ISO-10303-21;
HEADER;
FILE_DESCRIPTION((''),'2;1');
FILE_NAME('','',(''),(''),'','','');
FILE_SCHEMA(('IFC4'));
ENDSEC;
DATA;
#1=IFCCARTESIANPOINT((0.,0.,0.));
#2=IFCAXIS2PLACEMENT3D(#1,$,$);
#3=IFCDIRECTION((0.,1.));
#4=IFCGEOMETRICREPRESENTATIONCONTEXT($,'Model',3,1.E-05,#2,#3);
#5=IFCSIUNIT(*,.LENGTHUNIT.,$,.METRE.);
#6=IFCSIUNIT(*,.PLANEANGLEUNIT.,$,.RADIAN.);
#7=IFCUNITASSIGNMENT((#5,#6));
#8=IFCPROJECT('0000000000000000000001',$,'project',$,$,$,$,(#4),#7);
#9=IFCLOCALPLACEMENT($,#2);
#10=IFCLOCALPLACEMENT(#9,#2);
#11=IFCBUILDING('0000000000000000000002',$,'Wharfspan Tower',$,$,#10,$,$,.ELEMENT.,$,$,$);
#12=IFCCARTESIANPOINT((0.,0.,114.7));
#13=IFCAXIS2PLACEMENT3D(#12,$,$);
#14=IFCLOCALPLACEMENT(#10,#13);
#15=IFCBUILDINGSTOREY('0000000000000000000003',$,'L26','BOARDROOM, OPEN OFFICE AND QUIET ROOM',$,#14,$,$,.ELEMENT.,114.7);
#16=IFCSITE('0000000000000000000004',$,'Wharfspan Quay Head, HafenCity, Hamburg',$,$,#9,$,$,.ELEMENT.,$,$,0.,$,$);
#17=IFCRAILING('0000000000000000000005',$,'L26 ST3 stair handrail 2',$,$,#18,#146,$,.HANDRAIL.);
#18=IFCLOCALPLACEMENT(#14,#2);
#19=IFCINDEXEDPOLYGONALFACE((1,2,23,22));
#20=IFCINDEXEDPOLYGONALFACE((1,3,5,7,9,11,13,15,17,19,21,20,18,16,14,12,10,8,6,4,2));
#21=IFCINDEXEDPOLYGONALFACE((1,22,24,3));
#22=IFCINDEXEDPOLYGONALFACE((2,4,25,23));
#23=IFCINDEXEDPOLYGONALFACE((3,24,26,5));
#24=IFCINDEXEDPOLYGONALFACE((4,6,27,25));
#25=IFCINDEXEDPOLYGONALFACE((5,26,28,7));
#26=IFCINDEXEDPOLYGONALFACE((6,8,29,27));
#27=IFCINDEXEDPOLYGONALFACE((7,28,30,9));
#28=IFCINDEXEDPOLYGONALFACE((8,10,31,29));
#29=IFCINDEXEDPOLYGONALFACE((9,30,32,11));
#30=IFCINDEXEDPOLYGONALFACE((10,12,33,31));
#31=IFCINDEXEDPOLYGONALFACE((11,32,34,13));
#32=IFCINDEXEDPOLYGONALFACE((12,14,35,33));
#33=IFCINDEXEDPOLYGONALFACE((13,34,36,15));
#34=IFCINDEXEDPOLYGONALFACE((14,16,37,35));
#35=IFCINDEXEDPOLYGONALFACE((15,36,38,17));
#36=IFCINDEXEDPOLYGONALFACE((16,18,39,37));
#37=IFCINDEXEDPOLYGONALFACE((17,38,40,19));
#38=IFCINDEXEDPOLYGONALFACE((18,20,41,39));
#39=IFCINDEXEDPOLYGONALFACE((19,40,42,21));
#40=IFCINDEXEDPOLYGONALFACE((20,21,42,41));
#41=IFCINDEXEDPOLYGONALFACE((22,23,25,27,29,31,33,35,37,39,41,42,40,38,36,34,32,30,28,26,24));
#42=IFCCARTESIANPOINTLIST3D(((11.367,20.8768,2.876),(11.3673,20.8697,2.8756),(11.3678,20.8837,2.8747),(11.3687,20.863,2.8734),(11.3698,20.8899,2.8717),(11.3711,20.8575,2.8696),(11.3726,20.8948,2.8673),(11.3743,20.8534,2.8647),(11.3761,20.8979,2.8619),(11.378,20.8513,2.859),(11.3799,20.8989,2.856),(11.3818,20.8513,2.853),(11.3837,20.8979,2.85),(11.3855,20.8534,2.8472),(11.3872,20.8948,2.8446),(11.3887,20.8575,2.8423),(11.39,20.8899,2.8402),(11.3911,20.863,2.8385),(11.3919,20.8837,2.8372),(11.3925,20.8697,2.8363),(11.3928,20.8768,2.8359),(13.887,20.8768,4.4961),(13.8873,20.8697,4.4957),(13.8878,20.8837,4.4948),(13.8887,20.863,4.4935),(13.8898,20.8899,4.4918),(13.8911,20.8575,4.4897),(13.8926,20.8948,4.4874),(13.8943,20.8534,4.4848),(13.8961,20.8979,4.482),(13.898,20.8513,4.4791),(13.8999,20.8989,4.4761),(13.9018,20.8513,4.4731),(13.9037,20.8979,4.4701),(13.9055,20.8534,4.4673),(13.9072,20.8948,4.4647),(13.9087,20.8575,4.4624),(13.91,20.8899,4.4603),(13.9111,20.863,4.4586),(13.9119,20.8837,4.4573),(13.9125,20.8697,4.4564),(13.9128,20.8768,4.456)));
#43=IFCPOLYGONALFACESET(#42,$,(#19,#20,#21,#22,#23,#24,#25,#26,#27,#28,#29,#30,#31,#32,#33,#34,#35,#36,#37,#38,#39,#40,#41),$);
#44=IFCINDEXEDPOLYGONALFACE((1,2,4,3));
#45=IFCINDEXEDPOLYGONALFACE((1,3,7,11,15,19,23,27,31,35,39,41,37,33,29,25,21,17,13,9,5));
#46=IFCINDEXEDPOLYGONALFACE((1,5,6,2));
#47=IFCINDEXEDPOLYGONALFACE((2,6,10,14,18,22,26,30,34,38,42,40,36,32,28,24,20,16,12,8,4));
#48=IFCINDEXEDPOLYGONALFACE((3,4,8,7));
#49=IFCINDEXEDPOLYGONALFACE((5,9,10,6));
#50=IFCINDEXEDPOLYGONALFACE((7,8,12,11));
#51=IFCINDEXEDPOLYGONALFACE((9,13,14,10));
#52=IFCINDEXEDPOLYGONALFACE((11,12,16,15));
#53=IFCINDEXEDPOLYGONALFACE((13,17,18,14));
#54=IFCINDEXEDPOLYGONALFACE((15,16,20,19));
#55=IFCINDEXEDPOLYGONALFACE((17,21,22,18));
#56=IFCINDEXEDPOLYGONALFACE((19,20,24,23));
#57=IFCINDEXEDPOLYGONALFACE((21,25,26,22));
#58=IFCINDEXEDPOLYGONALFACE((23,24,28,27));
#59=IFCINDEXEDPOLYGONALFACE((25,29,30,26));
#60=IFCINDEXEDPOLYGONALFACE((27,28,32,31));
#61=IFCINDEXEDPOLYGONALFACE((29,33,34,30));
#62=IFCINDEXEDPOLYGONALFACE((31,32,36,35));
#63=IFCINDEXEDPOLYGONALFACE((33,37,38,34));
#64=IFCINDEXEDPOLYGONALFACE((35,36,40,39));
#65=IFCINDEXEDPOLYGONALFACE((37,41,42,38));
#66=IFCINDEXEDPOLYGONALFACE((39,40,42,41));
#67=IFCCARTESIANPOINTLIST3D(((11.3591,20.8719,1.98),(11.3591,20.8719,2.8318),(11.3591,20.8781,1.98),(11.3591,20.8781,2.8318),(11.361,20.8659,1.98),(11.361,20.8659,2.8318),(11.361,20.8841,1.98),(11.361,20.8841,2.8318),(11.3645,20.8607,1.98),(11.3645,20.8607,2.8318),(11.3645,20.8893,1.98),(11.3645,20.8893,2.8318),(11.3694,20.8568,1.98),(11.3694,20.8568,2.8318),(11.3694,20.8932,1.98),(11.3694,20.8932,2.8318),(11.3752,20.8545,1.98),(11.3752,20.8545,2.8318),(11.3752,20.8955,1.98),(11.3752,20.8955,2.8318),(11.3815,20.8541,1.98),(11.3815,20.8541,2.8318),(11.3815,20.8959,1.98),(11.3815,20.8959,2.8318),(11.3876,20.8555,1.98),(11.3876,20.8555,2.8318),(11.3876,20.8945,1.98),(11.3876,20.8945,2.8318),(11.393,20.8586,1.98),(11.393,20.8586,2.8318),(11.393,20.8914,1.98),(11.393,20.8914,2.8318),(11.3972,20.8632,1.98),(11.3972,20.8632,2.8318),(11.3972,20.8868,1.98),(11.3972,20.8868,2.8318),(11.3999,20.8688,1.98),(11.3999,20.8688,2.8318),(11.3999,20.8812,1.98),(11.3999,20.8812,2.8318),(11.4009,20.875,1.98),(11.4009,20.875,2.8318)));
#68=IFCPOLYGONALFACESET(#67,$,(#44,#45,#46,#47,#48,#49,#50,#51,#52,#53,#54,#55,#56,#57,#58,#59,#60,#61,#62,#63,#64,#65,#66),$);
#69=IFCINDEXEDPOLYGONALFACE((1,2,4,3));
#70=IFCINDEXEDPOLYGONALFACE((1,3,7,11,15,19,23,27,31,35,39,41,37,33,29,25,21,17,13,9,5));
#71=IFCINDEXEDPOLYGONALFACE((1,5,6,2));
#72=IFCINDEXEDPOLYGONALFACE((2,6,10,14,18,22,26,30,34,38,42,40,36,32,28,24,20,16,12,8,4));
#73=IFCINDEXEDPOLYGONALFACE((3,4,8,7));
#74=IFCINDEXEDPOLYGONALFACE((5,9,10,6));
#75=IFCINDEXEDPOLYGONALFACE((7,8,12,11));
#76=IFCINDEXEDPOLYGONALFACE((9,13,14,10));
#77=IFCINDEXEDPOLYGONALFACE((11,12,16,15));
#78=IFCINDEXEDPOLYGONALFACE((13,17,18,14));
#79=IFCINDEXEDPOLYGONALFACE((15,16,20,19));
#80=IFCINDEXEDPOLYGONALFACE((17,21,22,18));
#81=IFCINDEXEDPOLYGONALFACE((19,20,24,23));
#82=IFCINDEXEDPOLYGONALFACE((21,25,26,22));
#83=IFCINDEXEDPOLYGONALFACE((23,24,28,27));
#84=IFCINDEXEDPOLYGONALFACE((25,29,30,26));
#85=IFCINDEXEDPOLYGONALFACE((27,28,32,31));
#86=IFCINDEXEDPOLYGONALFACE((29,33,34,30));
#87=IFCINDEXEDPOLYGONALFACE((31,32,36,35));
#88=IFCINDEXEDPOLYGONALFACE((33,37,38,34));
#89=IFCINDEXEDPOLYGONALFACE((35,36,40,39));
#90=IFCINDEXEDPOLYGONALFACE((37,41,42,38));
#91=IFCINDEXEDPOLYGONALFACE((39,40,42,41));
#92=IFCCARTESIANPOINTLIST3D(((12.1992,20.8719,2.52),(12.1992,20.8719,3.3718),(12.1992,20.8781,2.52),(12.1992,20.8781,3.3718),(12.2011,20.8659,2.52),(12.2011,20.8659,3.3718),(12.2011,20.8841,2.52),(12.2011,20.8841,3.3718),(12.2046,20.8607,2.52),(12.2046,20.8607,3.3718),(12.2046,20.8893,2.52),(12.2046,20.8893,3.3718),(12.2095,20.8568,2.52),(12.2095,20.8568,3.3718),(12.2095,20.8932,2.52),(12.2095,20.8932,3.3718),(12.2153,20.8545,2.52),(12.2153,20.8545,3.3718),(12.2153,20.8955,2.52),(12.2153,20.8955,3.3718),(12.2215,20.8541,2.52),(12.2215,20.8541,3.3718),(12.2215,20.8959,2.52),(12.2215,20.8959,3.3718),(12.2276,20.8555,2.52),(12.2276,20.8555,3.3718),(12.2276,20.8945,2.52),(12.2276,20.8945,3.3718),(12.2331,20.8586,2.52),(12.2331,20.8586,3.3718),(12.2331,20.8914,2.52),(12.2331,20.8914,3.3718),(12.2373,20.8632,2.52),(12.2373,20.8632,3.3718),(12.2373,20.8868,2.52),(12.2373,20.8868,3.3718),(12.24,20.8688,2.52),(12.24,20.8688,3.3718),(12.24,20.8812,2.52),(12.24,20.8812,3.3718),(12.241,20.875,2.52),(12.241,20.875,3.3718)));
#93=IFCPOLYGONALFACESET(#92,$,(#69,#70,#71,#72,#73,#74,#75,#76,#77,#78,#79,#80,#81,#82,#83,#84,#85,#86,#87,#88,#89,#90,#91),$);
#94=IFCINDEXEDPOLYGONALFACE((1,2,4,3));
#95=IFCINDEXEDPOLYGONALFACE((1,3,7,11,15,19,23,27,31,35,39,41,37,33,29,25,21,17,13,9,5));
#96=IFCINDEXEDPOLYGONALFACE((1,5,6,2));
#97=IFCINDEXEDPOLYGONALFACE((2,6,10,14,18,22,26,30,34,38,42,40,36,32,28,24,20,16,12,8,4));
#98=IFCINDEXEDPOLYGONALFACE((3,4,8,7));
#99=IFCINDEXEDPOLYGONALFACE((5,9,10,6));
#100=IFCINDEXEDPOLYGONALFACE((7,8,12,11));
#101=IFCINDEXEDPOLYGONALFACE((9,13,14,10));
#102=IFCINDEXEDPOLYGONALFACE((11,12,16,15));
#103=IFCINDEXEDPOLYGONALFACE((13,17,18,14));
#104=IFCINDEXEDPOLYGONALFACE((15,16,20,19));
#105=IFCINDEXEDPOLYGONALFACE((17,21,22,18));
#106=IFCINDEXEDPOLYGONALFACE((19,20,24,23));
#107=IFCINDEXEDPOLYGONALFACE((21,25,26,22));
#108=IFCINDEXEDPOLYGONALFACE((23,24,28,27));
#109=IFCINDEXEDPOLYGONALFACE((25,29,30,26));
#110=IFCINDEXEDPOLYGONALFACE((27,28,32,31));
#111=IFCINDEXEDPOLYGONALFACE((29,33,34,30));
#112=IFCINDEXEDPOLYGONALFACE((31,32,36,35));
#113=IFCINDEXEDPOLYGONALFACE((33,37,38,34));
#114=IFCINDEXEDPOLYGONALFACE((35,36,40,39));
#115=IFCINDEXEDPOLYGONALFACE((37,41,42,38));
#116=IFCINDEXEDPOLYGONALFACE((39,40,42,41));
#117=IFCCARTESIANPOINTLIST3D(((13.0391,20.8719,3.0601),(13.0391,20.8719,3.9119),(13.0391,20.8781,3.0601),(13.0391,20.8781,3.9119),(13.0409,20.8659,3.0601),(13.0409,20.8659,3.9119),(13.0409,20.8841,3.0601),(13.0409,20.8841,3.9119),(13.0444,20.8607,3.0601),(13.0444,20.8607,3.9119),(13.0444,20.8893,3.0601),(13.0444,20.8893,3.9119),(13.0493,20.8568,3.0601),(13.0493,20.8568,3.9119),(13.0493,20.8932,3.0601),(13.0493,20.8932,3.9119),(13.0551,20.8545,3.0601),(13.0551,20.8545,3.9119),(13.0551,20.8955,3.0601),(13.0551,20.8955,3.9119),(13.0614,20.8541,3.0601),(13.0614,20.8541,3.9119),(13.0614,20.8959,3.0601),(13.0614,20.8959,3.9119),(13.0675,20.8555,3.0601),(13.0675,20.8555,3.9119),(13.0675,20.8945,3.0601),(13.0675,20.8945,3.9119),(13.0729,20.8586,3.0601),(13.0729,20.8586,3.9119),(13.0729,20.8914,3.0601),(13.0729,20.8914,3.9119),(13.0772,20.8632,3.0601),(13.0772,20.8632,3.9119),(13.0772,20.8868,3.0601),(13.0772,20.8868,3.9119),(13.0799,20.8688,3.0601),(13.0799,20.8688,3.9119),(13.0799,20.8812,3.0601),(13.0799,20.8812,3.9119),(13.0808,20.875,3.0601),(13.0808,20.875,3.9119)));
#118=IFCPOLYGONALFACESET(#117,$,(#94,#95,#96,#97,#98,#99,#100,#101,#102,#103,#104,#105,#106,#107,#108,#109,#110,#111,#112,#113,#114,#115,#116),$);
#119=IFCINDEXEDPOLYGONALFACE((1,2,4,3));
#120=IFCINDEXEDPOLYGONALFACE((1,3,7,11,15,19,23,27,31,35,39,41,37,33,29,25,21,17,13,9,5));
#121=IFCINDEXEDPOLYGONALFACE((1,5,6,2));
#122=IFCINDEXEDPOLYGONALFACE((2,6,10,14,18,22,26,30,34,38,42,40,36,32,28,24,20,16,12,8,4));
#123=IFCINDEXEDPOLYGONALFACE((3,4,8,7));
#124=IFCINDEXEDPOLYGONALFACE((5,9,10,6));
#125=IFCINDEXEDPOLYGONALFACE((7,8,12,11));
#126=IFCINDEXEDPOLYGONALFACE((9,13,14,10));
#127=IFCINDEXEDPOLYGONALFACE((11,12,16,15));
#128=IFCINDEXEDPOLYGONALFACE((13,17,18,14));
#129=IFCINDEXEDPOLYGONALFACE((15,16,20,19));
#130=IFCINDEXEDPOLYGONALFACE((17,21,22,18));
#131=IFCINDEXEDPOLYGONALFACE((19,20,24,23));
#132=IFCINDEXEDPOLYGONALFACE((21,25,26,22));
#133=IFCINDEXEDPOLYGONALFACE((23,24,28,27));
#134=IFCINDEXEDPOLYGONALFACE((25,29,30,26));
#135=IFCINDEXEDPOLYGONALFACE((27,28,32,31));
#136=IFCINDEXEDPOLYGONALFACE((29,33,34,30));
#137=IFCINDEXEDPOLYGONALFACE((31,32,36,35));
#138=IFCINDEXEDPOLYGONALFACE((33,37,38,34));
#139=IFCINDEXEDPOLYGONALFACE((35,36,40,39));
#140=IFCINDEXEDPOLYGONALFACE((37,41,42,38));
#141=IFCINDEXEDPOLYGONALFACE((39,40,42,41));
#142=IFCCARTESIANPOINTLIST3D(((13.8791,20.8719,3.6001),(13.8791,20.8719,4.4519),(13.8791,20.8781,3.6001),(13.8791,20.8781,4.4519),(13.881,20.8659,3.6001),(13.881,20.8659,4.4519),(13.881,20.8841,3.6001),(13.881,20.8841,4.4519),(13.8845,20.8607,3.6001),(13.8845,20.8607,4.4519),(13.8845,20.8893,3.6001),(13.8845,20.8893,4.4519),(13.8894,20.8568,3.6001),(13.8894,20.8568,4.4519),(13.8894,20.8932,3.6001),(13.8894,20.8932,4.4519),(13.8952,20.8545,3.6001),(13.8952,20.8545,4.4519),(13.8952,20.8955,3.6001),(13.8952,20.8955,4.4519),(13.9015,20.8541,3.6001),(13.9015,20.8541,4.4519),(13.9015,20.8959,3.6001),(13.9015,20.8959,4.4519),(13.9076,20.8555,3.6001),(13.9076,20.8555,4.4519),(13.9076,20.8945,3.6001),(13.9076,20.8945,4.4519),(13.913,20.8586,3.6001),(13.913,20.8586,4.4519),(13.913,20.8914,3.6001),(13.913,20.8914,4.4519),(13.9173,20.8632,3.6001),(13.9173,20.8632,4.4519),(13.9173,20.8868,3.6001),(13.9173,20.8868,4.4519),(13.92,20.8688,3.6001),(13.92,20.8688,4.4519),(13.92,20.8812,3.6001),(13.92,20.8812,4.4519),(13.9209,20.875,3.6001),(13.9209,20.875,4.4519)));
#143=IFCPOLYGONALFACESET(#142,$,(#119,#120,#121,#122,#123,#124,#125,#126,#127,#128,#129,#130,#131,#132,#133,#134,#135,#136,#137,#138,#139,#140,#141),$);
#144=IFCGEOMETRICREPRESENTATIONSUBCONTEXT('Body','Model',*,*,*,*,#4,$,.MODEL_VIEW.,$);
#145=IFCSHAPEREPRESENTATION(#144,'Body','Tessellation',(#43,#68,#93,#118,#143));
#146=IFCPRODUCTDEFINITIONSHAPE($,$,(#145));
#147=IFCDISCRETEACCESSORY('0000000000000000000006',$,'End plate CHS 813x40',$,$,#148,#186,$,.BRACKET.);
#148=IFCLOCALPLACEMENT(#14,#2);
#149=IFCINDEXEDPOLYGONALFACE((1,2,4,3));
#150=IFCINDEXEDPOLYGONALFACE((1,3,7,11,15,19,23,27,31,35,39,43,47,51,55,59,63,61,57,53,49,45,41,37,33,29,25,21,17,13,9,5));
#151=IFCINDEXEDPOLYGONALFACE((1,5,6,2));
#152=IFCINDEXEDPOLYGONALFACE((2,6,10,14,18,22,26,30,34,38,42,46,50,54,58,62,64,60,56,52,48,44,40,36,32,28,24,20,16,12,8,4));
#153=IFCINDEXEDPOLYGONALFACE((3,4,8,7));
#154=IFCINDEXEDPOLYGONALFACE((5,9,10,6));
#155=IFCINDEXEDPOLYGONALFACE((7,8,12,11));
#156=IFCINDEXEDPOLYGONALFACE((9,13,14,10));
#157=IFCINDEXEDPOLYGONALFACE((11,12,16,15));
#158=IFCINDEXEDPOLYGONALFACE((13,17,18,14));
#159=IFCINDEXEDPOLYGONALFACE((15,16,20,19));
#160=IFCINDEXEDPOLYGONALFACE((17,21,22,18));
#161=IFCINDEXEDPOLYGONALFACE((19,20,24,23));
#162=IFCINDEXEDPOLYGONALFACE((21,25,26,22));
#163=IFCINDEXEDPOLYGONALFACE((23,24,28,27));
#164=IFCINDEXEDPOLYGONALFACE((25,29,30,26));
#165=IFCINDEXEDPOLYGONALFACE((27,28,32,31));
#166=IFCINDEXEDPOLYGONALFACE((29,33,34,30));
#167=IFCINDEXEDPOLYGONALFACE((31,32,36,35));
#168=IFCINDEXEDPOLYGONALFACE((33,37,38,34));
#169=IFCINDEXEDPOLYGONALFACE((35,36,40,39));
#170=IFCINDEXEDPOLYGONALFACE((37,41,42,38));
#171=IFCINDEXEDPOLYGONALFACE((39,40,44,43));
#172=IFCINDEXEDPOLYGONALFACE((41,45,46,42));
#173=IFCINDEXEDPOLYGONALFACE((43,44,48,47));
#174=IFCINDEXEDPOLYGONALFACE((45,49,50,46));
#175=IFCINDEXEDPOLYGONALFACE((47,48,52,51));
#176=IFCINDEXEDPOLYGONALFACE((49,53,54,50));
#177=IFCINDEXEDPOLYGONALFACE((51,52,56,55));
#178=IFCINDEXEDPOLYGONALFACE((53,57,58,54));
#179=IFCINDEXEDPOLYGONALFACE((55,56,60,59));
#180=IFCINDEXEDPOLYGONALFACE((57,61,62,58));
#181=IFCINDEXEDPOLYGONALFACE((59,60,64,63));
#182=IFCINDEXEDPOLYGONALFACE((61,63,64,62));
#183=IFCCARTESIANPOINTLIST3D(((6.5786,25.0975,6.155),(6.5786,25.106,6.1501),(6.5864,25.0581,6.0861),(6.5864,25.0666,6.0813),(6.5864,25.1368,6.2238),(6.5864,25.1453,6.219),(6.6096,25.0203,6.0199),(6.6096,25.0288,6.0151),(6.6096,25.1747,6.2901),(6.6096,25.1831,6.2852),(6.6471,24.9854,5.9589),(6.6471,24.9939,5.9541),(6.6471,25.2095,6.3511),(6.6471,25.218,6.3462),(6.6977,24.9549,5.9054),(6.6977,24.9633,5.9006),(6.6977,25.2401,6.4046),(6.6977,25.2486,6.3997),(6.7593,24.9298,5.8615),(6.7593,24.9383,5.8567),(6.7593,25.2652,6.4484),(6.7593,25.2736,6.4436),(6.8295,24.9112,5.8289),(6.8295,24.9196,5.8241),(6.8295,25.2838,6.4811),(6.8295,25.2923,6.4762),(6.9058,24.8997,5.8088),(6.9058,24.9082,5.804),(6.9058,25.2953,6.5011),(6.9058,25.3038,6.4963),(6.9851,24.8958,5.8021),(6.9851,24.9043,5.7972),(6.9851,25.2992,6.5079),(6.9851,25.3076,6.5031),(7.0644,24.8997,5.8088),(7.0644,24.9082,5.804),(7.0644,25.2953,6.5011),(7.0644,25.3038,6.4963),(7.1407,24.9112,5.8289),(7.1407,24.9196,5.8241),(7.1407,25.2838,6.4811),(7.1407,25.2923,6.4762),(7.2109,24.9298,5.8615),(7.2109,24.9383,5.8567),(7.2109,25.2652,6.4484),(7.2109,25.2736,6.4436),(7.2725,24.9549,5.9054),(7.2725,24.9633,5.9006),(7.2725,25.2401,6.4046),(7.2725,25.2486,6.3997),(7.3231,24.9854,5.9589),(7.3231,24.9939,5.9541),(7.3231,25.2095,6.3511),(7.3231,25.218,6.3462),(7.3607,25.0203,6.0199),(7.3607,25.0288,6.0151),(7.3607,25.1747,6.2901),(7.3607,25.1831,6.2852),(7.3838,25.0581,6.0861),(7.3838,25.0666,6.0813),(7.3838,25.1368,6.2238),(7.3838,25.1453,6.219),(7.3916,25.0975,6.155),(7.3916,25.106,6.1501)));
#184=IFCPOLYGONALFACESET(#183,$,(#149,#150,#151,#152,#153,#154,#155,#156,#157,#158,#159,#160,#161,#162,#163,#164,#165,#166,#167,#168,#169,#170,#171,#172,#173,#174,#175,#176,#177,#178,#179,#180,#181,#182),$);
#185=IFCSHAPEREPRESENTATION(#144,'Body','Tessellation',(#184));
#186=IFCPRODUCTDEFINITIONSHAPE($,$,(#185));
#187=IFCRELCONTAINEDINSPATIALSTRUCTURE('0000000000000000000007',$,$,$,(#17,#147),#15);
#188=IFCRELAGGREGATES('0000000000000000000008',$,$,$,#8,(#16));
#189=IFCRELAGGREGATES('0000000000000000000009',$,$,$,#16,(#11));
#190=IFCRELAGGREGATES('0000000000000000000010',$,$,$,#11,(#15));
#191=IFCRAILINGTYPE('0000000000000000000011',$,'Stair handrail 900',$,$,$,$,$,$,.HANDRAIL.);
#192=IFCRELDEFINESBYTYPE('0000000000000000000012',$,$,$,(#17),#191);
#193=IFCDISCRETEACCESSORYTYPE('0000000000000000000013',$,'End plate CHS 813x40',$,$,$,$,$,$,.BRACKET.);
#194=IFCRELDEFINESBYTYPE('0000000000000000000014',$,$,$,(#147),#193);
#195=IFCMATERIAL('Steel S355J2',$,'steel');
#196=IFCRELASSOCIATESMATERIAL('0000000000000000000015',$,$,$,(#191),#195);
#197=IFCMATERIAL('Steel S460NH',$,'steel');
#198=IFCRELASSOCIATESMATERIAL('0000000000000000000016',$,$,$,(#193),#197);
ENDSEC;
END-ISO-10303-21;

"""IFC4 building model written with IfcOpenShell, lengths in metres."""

from ifc_helpers import new_model, si_unit, direction, frame, origin, origin_2d, place, context, subcontext, project, spatial, circle, extrude, material, material_profile, profile_set, type_object, element, save


model = new_model("IFC4")

# Units and contexts
model_context = context("Model", 3, precision=1e-05, world=origin(), true_north=direction((0.0, 1.0)))
body_context = subcontext(model_context, "Body", "Model", "MODEL_VIEW")
ifc_project = project(units=[si_unit("LENGTHUNIT", "METRE"), si_unit("PLANEANGLEUNIT", "RADIAN")], contexts=[model_context])

# Site, building, storey
site_placement = place(None, origin())
site = spatial("IfcSite", under=ifc_project, at=site_placement, Name="Wharfspan Quay Head, HafenCity, Hamburg", CompositionType="ELEMENT", RefElevation=0.0)
building_placement = place(site_placement, origin())
building = spatial("IfcBuilding", under=site, at=building_placement, Name="Wharfspan Tower", CompositionType="ELEMENT")
storey_placement = place(building_placement, frame((0.0, 0.0, 114.7)))
storey = spatial("IfcBuildingStorey", under=building, at=storey_placement, Name="L26", Description="BOARDROOM, OPEN OFFICE AND QUIET ROOM", CompositionType="ELEMENT", Elevation=114.7)

# Shared definitions
ifc_material_1 = material(Name="Steel S355J2", Category="steel")

# Shared definitions
ifc_material_2 = material(Name="Steel S460NH", Category="steel")

# Railing
railing_type_1 = type_object("IfcRailingType", Name="Stair handrail 900", PredefinedType="HANDRAIL", material=ifc_material_1)
railing_1_placement = place(storey_placement, frame((11.3799, 20.875, 1.98)))
element("IfcRailing", 1, at=railing_1_placement, inside=storey, type_object=railing_type_1, Name="L26 ST3 stair handrail 2", PredefinedType="HANDRAIL", context=body_context, shape_type="SweptSolid", body=[
    extrude(circle(Radius=0.0239, at=origin_2d()), frame((0.0, 0.0, 0.876), z_axis=(0.841163, 0.0, 0.540782), x_axis=(0.0, 1.0, 0.0)), (0.0, 0.0, 1.0), 2.9958),
    extrude(circle(Radius=0.021, at=origin_2d()), origin(), (0.0, 0.0, 1.0), 0.8518),
    extrude(circle(Radius=0.021, at=origin_2d()), frame((0.8401, 0.0, 0.54)), (0.0, 0.0, 1.0), 0.8518),
    extrude(circle(Radius=0.021, at=origin_2d()), frame((1.6799, 0.0, 1.0801)), (0.0, 0.0, 1.0), 0.8518),
    extrude(circle(Radius=0.021, at=origin_2d()), frame((2.52, 0.0, 1.6201)), (0.0, 0.0, 1.0), 0.8518),
])

# Discrete accessory
ifc_material_profile_1 = material_profile(ifc_material_2, circle(Radius=0.4065, at=origin_2d()))
ifc_profile_set_1 = profile_set([ifc_material_profile_1], Name="Steel S460NH")
discrete_accessory_type = type_object("IfcDiscreteAccessoryType", Name="End plate CHS 813x40", PredefinedType="BRACKET", material=ifc_profile_set_1)
for number, where, z_axis, x_axis, name in (
    (2, (6.9851, 25.106, 6.1501), (0.0, -0.868243, 0.496139), (1.0, 0.0, 0.0), "End plate CHS 813x40"),
):
    element("IfcDiscreteAccessory", number, at=place(storey_placement, frame(where, z_axis=z_axis, x_axis=x_axis)), inside=storey, type_object=discrete_accessory_type, Name=name, PredefinedType="BRACKET", context=body_context, shape_type="SweptSolid", body=[
        extrude(circle(Radius=0.4065, at=origin_2d()), origin(), (0.0, 0.0, 1.0), 0.0098),
    ])

save(model, "model.ifc")
